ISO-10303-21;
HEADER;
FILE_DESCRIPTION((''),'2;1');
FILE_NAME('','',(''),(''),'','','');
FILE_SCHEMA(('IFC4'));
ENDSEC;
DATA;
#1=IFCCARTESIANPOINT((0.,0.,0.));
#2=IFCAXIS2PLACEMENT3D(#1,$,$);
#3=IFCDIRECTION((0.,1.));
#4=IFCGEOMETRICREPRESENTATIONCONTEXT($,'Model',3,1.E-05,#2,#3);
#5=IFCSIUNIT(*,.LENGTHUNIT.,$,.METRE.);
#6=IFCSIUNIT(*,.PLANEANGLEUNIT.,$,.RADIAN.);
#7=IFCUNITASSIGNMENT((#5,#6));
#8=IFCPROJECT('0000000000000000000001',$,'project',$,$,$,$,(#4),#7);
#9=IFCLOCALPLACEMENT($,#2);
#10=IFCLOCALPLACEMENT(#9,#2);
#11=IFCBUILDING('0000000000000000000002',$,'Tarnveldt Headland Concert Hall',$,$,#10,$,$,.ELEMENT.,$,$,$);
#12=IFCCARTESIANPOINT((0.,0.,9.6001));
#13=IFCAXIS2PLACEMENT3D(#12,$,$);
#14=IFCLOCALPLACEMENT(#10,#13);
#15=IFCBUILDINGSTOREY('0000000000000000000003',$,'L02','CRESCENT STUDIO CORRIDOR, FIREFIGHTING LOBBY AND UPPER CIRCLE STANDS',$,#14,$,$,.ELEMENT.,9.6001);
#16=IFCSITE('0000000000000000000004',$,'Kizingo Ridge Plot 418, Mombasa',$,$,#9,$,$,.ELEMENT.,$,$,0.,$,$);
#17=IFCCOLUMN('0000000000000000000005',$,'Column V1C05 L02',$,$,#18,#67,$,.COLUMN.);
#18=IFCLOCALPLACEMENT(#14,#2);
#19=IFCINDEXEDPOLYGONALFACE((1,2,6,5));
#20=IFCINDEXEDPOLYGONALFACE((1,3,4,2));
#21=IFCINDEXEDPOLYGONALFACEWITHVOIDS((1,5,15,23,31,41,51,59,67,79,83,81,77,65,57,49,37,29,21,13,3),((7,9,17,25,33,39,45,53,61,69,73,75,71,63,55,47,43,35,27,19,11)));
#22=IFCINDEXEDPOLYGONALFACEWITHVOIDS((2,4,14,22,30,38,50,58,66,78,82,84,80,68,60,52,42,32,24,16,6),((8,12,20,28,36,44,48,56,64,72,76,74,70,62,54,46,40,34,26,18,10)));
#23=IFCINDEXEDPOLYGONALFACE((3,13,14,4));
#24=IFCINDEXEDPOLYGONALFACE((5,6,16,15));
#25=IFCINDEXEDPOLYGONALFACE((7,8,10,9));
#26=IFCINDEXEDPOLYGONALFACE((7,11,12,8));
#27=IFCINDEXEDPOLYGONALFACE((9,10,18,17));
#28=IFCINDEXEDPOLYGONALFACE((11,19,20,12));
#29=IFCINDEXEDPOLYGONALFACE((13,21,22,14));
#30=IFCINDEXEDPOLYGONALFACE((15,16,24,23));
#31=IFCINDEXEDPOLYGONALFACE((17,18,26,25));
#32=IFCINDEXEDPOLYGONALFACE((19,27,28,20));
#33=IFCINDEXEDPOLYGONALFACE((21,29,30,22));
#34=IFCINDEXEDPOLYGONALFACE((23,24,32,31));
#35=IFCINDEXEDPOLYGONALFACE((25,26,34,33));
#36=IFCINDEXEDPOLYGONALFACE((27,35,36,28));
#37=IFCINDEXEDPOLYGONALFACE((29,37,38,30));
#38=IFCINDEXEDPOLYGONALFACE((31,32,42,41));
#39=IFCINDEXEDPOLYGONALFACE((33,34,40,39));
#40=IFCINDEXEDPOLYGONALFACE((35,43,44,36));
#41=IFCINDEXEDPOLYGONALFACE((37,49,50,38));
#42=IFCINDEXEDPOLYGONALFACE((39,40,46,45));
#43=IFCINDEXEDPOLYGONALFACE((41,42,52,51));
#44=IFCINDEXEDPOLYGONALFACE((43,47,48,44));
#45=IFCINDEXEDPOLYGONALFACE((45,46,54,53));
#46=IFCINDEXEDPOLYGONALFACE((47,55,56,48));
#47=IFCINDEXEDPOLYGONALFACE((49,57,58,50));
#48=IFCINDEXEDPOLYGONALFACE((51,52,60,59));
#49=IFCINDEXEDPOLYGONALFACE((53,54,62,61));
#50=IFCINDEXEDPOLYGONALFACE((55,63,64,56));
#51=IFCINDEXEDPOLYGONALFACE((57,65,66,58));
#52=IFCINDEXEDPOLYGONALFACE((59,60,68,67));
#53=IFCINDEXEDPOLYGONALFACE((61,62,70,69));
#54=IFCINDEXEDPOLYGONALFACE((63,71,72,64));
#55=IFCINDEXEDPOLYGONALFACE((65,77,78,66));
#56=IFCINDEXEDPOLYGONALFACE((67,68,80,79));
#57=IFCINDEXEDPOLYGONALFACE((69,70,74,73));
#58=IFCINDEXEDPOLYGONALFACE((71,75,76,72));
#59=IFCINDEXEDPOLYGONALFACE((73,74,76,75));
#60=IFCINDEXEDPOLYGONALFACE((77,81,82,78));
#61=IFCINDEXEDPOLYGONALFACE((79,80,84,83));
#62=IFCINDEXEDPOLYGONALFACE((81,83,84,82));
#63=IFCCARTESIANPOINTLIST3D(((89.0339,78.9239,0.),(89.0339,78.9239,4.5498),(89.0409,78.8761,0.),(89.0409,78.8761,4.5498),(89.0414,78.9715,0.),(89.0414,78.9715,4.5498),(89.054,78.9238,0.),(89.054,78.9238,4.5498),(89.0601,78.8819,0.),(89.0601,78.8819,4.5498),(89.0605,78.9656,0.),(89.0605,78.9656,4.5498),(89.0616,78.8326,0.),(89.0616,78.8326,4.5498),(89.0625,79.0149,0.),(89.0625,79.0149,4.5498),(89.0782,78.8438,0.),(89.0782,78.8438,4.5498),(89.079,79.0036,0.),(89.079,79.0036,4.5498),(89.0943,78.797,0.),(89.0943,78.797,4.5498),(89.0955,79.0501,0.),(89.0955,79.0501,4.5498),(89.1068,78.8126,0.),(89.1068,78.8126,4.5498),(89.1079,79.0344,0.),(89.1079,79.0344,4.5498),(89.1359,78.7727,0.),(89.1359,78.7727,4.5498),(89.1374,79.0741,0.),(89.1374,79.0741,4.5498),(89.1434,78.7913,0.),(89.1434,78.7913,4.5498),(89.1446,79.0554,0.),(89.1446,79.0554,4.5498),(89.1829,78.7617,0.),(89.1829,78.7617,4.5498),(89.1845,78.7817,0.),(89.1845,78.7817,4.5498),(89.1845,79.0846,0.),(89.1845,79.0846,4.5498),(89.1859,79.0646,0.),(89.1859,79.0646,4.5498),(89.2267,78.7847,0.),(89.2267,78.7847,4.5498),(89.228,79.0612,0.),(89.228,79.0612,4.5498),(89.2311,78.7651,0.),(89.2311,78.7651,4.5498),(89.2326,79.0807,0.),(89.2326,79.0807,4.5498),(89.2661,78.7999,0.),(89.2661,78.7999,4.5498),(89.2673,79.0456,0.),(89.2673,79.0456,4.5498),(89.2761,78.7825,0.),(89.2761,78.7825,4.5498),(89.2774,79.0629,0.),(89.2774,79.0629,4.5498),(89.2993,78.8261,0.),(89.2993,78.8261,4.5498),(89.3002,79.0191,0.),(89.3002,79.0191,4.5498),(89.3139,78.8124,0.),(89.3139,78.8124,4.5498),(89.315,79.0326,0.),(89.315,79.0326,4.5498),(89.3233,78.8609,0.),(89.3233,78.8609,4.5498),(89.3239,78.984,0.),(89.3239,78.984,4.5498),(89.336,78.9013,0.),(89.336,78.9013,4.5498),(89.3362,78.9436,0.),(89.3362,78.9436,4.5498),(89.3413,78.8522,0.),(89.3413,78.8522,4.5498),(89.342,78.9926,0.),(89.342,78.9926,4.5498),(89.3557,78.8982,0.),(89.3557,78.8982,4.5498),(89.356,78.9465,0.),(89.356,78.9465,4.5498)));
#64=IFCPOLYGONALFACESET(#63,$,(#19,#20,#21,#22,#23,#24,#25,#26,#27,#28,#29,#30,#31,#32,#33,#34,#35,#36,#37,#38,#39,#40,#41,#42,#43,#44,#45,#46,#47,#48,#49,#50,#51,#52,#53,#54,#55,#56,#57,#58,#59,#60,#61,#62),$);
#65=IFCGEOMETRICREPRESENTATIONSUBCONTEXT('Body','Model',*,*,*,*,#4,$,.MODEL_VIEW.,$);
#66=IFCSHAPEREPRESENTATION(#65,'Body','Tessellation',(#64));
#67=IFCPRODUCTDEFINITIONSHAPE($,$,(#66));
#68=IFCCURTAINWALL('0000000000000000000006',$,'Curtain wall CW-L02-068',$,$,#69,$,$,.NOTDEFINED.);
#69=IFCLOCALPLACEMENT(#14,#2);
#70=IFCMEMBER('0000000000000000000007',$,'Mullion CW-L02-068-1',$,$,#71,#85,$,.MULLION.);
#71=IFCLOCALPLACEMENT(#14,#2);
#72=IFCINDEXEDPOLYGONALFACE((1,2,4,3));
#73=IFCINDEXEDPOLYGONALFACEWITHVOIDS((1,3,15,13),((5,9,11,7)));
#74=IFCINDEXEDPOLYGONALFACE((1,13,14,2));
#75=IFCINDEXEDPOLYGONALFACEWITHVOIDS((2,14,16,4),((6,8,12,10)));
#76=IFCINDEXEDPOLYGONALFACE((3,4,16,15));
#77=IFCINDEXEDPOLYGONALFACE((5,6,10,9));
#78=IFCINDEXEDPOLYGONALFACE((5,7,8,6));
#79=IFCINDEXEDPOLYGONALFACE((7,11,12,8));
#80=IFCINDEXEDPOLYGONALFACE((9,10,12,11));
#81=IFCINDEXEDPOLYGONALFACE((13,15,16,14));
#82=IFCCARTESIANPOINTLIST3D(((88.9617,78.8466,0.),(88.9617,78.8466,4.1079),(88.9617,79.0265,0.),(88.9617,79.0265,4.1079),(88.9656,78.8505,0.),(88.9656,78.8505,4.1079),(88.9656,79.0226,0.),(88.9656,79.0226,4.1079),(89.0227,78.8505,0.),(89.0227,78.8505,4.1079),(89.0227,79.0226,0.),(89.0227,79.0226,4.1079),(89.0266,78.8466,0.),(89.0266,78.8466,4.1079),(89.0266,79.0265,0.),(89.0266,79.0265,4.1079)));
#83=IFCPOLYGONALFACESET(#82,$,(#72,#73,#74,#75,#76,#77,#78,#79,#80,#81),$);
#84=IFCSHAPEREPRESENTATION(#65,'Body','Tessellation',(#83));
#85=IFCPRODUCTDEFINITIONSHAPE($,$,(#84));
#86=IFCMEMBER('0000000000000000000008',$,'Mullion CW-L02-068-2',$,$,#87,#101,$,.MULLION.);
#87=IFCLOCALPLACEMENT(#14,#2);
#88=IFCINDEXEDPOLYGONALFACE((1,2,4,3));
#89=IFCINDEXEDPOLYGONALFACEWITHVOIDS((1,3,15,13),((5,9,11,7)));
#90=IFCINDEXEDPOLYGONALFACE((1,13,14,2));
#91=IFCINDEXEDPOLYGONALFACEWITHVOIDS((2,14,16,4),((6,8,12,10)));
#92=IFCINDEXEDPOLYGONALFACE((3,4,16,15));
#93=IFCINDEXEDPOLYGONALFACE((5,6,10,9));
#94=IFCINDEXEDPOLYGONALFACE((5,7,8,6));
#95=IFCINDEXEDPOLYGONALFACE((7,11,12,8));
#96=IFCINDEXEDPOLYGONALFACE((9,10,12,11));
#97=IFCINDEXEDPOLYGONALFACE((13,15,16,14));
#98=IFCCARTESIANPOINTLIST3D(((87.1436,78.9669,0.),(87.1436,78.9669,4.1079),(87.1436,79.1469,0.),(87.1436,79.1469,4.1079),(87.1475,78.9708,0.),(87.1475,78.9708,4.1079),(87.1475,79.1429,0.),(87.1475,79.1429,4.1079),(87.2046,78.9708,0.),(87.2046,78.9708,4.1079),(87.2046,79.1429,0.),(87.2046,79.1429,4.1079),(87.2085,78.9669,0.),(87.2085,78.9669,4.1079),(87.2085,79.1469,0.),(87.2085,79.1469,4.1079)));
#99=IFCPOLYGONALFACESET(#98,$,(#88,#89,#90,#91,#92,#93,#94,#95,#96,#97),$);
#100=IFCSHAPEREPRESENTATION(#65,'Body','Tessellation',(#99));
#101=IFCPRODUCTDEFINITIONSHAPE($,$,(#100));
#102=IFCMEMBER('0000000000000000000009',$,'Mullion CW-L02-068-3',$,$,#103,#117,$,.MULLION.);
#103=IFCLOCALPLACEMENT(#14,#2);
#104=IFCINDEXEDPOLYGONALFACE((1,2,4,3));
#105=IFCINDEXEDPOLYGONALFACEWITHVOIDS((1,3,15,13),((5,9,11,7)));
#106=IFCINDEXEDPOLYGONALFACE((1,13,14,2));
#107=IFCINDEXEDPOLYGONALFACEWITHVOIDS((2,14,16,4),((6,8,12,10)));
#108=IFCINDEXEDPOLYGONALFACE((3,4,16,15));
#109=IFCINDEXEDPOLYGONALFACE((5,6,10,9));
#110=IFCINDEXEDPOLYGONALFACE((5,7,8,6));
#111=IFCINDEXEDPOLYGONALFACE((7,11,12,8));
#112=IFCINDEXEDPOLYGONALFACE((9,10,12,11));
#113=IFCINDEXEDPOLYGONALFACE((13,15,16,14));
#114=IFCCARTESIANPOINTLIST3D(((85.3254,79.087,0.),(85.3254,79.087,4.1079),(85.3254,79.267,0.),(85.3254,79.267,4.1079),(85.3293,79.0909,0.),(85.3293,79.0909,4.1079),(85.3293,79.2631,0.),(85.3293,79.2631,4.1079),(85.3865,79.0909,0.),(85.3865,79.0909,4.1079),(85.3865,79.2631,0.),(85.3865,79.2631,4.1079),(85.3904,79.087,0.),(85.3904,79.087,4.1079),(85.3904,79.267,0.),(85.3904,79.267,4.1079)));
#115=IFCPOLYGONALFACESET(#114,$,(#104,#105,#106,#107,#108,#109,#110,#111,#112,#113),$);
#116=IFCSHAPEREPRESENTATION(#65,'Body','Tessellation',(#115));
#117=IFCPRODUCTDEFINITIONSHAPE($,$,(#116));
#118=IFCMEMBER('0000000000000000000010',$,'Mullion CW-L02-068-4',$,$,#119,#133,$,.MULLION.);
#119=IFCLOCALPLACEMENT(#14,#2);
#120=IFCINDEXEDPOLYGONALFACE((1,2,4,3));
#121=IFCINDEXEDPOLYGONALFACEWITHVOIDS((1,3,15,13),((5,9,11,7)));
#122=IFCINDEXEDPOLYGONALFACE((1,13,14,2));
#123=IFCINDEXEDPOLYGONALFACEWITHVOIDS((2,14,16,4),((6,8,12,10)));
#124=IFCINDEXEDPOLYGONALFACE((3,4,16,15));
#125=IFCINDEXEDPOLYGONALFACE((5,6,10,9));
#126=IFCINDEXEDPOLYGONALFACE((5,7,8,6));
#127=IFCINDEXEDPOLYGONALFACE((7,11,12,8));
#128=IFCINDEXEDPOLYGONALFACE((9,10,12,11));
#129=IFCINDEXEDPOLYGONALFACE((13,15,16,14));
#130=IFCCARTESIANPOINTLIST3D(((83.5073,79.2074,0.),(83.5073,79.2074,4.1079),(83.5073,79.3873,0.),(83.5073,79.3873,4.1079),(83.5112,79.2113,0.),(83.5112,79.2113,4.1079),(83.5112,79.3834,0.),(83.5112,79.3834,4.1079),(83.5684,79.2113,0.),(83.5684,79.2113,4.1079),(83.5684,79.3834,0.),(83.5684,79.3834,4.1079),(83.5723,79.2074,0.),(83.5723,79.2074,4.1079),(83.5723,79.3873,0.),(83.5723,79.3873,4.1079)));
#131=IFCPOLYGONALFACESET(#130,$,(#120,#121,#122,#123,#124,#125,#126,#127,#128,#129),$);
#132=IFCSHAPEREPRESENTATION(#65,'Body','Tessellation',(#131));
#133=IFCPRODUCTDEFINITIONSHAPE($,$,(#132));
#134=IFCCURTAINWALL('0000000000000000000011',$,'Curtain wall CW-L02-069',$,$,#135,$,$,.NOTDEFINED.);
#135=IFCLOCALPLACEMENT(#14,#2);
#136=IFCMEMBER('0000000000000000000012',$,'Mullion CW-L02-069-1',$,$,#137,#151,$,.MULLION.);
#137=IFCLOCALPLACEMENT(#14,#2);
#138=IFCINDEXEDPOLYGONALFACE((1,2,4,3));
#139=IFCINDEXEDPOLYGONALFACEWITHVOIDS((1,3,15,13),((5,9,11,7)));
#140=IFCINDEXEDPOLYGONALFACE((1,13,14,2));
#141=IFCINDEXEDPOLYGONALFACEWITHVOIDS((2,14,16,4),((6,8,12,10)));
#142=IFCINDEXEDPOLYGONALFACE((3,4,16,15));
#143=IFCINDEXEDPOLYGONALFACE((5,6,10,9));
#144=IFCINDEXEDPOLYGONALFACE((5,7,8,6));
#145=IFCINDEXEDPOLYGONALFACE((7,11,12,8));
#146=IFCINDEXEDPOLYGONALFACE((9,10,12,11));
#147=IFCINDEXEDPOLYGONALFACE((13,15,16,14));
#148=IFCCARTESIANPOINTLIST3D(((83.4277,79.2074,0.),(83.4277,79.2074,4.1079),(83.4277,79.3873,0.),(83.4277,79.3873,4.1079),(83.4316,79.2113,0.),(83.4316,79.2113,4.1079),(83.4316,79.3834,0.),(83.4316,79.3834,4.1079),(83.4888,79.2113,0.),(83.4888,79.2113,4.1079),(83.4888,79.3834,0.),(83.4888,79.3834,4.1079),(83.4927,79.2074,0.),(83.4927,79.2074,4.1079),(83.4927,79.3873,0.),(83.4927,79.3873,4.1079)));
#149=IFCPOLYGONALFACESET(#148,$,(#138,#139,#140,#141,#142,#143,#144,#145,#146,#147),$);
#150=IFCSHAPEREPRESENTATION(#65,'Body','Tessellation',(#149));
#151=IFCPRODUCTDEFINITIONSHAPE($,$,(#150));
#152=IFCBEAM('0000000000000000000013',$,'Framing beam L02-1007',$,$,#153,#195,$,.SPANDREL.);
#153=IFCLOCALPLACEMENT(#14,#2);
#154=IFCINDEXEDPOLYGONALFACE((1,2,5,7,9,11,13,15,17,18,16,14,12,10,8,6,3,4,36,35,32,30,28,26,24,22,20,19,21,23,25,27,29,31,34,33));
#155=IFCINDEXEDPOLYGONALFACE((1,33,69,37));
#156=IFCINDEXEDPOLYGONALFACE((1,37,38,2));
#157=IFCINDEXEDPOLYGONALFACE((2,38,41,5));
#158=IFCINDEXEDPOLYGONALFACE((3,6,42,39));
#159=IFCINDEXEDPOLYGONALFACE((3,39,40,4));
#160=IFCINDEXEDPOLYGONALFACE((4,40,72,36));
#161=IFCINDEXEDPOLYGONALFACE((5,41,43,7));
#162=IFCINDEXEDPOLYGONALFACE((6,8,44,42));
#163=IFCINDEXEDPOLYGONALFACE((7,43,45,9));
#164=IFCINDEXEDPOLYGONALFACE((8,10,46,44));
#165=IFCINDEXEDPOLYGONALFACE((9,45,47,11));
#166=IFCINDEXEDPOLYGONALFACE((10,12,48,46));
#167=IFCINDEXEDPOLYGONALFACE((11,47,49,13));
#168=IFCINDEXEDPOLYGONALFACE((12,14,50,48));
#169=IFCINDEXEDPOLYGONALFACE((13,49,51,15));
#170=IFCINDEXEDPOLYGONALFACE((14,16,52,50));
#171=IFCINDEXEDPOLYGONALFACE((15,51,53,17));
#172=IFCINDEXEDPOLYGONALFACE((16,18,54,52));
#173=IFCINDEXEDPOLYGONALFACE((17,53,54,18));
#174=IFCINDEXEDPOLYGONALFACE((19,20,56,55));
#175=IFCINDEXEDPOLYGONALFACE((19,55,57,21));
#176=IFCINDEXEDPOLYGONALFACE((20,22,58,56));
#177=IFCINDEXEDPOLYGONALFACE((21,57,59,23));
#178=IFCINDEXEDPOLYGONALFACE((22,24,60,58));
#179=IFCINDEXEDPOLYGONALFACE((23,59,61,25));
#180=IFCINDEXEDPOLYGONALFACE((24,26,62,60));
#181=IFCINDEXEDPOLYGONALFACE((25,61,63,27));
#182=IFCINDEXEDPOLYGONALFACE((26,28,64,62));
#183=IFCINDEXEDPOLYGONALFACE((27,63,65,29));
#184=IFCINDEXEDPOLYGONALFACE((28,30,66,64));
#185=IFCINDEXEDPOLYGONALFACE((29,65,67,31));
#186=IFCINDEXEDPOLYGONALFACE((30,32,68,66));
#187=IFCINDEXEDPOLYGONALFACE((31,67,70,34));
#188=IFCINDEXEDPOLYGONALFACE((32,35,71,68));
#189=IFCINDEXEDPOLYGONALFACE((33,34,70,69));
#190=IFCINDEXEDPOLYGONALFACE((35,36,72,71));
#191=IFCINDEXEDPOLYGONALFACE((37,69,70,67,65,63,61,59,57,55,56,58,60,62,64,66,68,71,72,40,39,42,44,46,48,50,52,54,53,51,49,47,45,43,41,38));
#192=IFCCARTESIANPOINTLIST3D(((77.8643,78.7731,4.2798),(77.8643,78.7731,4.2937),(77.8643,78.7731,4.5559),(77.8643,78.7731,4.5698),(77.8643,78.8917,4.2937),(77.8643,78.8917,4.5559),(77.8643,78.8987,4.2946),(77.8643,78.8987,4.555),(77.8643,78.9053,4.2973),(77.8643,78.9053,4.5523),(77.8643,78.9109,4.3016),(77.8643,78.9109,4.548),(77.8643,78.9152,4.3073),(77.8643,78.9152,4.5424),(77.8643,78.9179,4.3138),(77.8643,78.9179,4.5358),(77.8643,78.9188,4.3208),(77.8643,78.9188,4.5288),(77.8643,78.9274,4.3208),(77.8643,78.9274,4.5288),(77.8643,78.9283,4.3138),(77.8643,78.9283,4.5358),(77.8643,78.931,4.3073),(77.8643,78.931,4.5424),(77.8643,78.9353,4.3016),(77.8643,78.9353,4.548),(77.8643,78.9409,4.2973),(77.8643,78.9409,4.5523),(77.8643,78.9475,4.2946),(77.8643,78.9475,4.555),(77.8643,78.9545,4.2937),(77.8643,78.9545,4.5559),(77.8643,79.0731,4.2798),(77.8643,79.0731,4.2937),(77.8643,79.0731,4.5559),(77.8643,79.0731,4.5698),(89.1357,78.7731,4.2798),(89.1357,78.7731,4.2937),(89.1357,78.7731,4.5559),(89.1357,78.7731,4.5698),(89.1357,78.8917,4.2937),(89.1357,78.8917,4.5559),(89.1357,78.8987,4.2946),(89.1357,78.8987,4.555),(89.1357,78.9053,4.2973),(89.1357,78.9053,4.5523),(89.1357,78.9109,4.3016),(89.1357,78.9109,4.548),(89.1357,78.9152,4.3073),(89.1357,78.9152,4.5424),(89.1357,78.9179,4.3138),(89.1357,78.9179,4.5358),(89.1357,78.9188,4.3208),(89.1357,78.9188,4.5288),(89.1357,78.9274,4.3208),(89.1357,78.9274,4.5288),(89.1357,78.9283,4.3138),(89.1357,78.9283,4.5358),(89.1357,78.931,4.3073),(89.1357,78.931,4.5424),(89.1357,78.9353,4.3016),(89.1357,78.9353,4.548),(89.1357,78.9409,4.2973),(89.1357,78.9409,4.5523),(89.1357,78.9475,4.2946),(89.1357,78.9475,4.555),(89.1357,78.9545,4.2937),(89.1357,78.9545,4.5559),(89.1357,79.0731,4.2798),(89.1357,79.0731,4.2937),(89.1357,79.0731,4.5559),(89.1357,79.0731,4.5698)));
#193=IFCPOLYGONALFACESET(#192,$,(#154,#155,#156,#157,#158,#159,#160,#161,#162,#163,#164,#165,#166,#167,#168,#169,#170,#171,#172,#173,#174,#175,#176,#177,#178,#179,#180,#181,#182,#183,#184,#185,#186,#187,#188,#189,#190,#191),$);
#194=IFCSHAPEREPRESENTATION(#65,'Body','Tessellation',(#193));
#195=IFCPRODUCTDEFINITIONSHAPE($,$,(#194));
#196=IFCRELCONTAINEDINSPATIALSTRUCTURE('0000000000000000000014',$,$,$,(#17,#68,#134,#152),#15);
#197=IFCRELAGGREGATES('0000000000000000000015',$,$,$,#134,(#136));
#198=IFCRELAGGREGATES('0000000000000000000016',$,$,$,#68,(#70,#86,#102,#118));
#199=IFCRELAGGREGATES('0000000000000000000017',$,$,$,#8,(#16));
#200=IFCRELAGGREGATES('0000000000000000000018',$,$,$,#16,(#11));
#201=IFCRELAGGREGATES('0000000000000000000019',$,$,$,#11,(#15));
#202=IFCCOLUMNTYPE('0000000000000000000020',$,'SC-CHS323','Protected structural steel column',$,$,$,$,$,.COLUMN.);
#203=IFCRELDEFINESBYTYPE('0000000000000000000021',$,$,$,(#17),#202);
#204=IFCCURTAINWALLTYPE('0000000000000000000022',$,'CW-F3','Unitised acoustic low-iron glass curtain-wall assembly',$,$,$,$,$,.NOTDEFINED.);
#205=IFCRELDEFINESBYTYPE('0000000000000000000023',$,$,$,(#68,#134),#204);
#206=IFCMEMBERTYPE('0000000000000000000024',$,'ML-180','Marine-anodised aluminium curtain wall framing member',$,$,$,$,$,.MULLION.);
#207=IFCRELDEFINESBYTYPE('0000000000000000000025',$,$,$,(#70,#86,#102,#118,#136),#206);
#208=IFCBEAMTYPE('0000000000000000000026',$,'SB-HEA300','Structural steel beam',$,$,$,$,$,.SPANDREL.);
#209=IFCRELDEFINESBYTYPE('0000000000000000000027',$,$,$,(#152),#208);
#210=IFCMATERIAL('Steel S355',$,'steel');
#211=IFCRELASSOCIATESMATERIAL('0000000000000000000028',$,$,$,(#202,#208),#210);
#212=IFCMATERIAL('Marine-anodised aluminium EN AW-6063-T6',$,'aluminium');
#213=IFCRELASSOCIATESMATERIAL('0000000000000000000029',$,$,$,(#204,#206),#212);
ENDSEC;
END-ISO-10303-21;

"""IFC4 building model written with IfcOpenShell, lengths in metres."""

from ifc_helpers import new_model, si_unit, direction, frame, origin, origin_2d, place, context, subcontext, project, spatial, hollow_rectangle, hollow_circle, i_section, extrude, material, material_profile, profile_set, type_object, element, aggregate, save


model = new_model("IFC4")

# Units and contexts
model_context = context("Model", 3, precision=1e-05, world=origin(), true_north=direction((0.0, 1.0)))
body_context = subcontext(model_context, "Body", "Model", "MODEL_VIEW")
ifc_project = project(units=[si_unit("LENGTHUNIT", "METRE"), si_unit("PLANEANGLEUNIT", "RADIAN")], contexts=[model_context])

# Site, building, storey
site_placement = place(None, origin())
site = spatial("IfcSite", under=ifc_project, at=site_placement, Name="Kizingo Ridge Plot 418, Mombasa", CompositionType="ELEMENT", RefElevation=0.0)
building_placement = place(site_placement, origin())
building = spatial("IfcBuilding", under=site, at=building_placement, Name="Tarnveldt Headland Concert Hall", CompositionType="ELEMENT")
storey_placement = place(building_placement, frame((0.0, 0.0, 9.6001)))
storey = spatial("IfcBuildingStorey", under=building, at=storey_placement, Name="L02", Description="CRESCENT STUDIO CORRIDOR, FIREFIGHTING LOBBY AND UPPER CIRCLE STANDS", CompositionType="ELEMENT", Elevation=9.6001)

# Column
ifc_material_1 = material(Name="Steel S355", Category="steel")
ifc_material_profile_1 = material_profile(ifc_material_1, hollow_circle(Radius=0.1619, WallThickness=0.02, at=origin_2d()), Name="CHS 323.9x20", Category="steel")
ifc_profile_set_1 = profile_set([ifc_material_profile_1], Name="Steel S355")
column_type = type_object("IfcColumnType", Name="SC-CHS323", Description="Protected structural steel column", PredefinedType="COLUMN", material=ifc_profile_set_1)
column_placement = place(storey_placement, frame((89.1958, 78.9231, 0.0), z_axis=(0.0, 0.0, 1.0), x_axis=(0.227161, 0.973857, 0.0)))
element("IfcColumn", 1, at=column_placement, inside=storey, type_object=column_type, Name="Column V1C05 L02", PredefinedType="COLUMN", context=body_context, shape_type="SweptSolid", body=[
    extrude(hollow_circle(Radius=0.1619, WallThickness=0.02, at=origin_2d()), origin(), (0.0, 0.0, 1.0), 4.5498),
])

# Curtain wall, members
ifc_material_2 = material(Name="Marine-anodised aluminium EN AW-6063-T6", Category="aluminium")
curtain_wall_type = type_object("IfcCurtainWallType", Name="CW-F3", Description="Unitised acoustic low-iron glass curtain-wall assembly", PredefinedType="NOTDEFINED", material=ifc_material_2)
curtain_wall_1_placement = place(storey_placement, origin())
curtain_wall_1 = element("IfcCurtainWall", 2, at=curtain_wall_1_placement, inside=storey, type_object=curtain_wall_type, Name="Curtain wall CW-L02-068", PredefinedType="NOTDEFINED")
ifc_material_profile_2 = material_profile(ifc_material_2, hollow_rectangle(XDim=0.0649, YDim=0.1799, WallThickness=0.0039, at=origin_2d()), Name="ALU MULLION 65x180x4", Category="aluminium")
ifc_profile_set_2 = profile_set([ifc_material_profile_2], Name="Marine-anodised aluminium EN AW-6063-T6")
member_type_1 = type_object("IfcMemberType", Name="ML-180", Description="Marine-anodised aluminium curtain wall framing member", PredefinedType="MULLION", material=ifc_profile_set_2)
member_1_placement = place(storey_placement, frame((88.9941, 78.9365, 0.0), z_axis=(0.0, 0.0, 1.0), x_axis=(1.0, 0.0, 0.0)))
member_1 = element("IfcMember", 3, at=member_1_placement, type_object=member_type_1, Name="Mullion CW-L02-068-1", PredefinedType="MULLION", context=body_context, shape_type="SweptSolid", body=[
    extrude(hollow_rectangle(XDim=0.0649, YDim=0.1799, WallThickness=0.0039, at=origin_2d()), origin(), (0.0, 0.0, 1.0), 4.1079),
])
member_2_placement = place(storey_placement, frame((87.176, 79.0569, 0.0), z_axis=(0.0, 0.0, 1.0), x_axis=(1.0, 0.0, 0.0)))
member_2 = element("IfcMember", 4, at=member_2_placement, type_object=member_type_1, Name="Mullion CW-L02-068-2", PredefinedType="MULLION", context=body_context, shape_type="SweptSolid", body=[
    extrude(hollow_rectangle(XDim=0.0649, YDim=0.1799, WallThickness=0.0039, at=origin_2d()), origin(), (0.0, 0.0, 1.0), 4.1079),
])
member_3_placement = place(storey_placement, frame((85.3579, 79.177, 0.0), z_axis=(0.0, 0.0, 1.0), x_axis=(1.0, 0.0, 0.0)))
member_3 = element("IfcMember", 5, at=member_3_placement, type_object=member_type_1, Name="Mullion CW-L02-068-3", PredefinedType="MULLION", context=body_context, shape_type="SweptSolid", body=[
    extrude(hollow_rectangle(XDim=0.0649, YDim=0.1799, WallThickness=0.0039, at=origin_2d()), origin(), (0.0, 0.0, 1.0), 4.1079),
])
member_4_placement = place(storey_placement, frame((83.5398, 79.2974, 0.0), z_axis=(0.0, 0.0, 1.0), x_axis=(1.0, 0.0, 0.0)))
member_4 = element("IfcMember", 6, at=member_4_placement, type_object=member_type_1, Name="Mullion CW-L02-068-4", PredefinedType="MULLION", context=body_context, shape_type="SweptSolid", body=[
    extrude(hollow_rectangle(XDim=0.0649, YDim=0.1799, WallThickness=0.0039, at=origin_2d()), origin(), (0.0, 0.0, 1.0), 4.1079),
])

# Curtain wall, member
curtain_wall_2_placement = place(storey_placement, origin())
curtain_wall_2 = element("IfcCurtainWall", 7, at=curtain_wall_2_placement, inside=storey, type_object=curtain_wall_type, Name="Curtain wall CW-L02-069", PredefinedType="NOTDEFINED")
member_5_placement = place(storey_placement, frame((83.4602, 79.2974, 0.0), z_axis=(0.0, 0.0, 1.0), x_axis=(1.0, 0.0, 0.0)))
member_5 = element("IfcMember", 8, at=member_5_placement, type_object=member_type_1, Name="Mullion CW-L02-069-1", PredefinedType="MULLION", context=body_context, shape_type="SweptSolid", body=[
    extrude(hollow_rectangle(XDim=0.0649, YDim=0.1799, WallThickness=0.0039, at=origin_2d()), origin(), (0.0, 0.0, 1.0), 4.1079),
])

# Beam
ifc_material_profile_3 = material_profile(ifc_material_1, i_section(OverallWidth=0.3, OverallDepth=0.29, WebThickness=0.0085, FlangeThickness=0.0139, FilletRadius=0.0271, at=origin_2d()), Name="HEA300", Category="steel")
ifc_profile_set_3 = profile_set([ifc_material_profile_3], Name="Steel S355")
beam_type_1 = type_object("IfcBeamType", Name="SB-HEA300", Description="Structural steel beam", PredefinedType="SPANDREL", material=ifc_profile_set_3)
beam_1_placement = place(storey_placement, frame((89.1357, 78.9231, 4.4248), z_axis=(-1.0, 0.0, 0.0), x_axis=(0.0, -1.0, 0.0)))
element("IfcBeam", 9, at=beam_1_placement, inside=storey, type_object=beam_type_1, Name="Framing beam L02-1007", PredefinedType="SPANDREL", context=body_context, shape_type="SweptSolid", body=[
    extrude(i_section(OverallWidth=0.3, OverallDepth=0.29, WebThickness=0.0085, FlangeThickness=0.0139, FilletRadius=0.0271, at=origin_2d()), origin(), (0.0, 0.0, 1.0), 11.2715),
])

aggregate(curtain_wall_2, [member_5])

aggregate(curtain_wall_1, [member_1, member_2, member_3, member_4])

save(model, "model.ifc")
